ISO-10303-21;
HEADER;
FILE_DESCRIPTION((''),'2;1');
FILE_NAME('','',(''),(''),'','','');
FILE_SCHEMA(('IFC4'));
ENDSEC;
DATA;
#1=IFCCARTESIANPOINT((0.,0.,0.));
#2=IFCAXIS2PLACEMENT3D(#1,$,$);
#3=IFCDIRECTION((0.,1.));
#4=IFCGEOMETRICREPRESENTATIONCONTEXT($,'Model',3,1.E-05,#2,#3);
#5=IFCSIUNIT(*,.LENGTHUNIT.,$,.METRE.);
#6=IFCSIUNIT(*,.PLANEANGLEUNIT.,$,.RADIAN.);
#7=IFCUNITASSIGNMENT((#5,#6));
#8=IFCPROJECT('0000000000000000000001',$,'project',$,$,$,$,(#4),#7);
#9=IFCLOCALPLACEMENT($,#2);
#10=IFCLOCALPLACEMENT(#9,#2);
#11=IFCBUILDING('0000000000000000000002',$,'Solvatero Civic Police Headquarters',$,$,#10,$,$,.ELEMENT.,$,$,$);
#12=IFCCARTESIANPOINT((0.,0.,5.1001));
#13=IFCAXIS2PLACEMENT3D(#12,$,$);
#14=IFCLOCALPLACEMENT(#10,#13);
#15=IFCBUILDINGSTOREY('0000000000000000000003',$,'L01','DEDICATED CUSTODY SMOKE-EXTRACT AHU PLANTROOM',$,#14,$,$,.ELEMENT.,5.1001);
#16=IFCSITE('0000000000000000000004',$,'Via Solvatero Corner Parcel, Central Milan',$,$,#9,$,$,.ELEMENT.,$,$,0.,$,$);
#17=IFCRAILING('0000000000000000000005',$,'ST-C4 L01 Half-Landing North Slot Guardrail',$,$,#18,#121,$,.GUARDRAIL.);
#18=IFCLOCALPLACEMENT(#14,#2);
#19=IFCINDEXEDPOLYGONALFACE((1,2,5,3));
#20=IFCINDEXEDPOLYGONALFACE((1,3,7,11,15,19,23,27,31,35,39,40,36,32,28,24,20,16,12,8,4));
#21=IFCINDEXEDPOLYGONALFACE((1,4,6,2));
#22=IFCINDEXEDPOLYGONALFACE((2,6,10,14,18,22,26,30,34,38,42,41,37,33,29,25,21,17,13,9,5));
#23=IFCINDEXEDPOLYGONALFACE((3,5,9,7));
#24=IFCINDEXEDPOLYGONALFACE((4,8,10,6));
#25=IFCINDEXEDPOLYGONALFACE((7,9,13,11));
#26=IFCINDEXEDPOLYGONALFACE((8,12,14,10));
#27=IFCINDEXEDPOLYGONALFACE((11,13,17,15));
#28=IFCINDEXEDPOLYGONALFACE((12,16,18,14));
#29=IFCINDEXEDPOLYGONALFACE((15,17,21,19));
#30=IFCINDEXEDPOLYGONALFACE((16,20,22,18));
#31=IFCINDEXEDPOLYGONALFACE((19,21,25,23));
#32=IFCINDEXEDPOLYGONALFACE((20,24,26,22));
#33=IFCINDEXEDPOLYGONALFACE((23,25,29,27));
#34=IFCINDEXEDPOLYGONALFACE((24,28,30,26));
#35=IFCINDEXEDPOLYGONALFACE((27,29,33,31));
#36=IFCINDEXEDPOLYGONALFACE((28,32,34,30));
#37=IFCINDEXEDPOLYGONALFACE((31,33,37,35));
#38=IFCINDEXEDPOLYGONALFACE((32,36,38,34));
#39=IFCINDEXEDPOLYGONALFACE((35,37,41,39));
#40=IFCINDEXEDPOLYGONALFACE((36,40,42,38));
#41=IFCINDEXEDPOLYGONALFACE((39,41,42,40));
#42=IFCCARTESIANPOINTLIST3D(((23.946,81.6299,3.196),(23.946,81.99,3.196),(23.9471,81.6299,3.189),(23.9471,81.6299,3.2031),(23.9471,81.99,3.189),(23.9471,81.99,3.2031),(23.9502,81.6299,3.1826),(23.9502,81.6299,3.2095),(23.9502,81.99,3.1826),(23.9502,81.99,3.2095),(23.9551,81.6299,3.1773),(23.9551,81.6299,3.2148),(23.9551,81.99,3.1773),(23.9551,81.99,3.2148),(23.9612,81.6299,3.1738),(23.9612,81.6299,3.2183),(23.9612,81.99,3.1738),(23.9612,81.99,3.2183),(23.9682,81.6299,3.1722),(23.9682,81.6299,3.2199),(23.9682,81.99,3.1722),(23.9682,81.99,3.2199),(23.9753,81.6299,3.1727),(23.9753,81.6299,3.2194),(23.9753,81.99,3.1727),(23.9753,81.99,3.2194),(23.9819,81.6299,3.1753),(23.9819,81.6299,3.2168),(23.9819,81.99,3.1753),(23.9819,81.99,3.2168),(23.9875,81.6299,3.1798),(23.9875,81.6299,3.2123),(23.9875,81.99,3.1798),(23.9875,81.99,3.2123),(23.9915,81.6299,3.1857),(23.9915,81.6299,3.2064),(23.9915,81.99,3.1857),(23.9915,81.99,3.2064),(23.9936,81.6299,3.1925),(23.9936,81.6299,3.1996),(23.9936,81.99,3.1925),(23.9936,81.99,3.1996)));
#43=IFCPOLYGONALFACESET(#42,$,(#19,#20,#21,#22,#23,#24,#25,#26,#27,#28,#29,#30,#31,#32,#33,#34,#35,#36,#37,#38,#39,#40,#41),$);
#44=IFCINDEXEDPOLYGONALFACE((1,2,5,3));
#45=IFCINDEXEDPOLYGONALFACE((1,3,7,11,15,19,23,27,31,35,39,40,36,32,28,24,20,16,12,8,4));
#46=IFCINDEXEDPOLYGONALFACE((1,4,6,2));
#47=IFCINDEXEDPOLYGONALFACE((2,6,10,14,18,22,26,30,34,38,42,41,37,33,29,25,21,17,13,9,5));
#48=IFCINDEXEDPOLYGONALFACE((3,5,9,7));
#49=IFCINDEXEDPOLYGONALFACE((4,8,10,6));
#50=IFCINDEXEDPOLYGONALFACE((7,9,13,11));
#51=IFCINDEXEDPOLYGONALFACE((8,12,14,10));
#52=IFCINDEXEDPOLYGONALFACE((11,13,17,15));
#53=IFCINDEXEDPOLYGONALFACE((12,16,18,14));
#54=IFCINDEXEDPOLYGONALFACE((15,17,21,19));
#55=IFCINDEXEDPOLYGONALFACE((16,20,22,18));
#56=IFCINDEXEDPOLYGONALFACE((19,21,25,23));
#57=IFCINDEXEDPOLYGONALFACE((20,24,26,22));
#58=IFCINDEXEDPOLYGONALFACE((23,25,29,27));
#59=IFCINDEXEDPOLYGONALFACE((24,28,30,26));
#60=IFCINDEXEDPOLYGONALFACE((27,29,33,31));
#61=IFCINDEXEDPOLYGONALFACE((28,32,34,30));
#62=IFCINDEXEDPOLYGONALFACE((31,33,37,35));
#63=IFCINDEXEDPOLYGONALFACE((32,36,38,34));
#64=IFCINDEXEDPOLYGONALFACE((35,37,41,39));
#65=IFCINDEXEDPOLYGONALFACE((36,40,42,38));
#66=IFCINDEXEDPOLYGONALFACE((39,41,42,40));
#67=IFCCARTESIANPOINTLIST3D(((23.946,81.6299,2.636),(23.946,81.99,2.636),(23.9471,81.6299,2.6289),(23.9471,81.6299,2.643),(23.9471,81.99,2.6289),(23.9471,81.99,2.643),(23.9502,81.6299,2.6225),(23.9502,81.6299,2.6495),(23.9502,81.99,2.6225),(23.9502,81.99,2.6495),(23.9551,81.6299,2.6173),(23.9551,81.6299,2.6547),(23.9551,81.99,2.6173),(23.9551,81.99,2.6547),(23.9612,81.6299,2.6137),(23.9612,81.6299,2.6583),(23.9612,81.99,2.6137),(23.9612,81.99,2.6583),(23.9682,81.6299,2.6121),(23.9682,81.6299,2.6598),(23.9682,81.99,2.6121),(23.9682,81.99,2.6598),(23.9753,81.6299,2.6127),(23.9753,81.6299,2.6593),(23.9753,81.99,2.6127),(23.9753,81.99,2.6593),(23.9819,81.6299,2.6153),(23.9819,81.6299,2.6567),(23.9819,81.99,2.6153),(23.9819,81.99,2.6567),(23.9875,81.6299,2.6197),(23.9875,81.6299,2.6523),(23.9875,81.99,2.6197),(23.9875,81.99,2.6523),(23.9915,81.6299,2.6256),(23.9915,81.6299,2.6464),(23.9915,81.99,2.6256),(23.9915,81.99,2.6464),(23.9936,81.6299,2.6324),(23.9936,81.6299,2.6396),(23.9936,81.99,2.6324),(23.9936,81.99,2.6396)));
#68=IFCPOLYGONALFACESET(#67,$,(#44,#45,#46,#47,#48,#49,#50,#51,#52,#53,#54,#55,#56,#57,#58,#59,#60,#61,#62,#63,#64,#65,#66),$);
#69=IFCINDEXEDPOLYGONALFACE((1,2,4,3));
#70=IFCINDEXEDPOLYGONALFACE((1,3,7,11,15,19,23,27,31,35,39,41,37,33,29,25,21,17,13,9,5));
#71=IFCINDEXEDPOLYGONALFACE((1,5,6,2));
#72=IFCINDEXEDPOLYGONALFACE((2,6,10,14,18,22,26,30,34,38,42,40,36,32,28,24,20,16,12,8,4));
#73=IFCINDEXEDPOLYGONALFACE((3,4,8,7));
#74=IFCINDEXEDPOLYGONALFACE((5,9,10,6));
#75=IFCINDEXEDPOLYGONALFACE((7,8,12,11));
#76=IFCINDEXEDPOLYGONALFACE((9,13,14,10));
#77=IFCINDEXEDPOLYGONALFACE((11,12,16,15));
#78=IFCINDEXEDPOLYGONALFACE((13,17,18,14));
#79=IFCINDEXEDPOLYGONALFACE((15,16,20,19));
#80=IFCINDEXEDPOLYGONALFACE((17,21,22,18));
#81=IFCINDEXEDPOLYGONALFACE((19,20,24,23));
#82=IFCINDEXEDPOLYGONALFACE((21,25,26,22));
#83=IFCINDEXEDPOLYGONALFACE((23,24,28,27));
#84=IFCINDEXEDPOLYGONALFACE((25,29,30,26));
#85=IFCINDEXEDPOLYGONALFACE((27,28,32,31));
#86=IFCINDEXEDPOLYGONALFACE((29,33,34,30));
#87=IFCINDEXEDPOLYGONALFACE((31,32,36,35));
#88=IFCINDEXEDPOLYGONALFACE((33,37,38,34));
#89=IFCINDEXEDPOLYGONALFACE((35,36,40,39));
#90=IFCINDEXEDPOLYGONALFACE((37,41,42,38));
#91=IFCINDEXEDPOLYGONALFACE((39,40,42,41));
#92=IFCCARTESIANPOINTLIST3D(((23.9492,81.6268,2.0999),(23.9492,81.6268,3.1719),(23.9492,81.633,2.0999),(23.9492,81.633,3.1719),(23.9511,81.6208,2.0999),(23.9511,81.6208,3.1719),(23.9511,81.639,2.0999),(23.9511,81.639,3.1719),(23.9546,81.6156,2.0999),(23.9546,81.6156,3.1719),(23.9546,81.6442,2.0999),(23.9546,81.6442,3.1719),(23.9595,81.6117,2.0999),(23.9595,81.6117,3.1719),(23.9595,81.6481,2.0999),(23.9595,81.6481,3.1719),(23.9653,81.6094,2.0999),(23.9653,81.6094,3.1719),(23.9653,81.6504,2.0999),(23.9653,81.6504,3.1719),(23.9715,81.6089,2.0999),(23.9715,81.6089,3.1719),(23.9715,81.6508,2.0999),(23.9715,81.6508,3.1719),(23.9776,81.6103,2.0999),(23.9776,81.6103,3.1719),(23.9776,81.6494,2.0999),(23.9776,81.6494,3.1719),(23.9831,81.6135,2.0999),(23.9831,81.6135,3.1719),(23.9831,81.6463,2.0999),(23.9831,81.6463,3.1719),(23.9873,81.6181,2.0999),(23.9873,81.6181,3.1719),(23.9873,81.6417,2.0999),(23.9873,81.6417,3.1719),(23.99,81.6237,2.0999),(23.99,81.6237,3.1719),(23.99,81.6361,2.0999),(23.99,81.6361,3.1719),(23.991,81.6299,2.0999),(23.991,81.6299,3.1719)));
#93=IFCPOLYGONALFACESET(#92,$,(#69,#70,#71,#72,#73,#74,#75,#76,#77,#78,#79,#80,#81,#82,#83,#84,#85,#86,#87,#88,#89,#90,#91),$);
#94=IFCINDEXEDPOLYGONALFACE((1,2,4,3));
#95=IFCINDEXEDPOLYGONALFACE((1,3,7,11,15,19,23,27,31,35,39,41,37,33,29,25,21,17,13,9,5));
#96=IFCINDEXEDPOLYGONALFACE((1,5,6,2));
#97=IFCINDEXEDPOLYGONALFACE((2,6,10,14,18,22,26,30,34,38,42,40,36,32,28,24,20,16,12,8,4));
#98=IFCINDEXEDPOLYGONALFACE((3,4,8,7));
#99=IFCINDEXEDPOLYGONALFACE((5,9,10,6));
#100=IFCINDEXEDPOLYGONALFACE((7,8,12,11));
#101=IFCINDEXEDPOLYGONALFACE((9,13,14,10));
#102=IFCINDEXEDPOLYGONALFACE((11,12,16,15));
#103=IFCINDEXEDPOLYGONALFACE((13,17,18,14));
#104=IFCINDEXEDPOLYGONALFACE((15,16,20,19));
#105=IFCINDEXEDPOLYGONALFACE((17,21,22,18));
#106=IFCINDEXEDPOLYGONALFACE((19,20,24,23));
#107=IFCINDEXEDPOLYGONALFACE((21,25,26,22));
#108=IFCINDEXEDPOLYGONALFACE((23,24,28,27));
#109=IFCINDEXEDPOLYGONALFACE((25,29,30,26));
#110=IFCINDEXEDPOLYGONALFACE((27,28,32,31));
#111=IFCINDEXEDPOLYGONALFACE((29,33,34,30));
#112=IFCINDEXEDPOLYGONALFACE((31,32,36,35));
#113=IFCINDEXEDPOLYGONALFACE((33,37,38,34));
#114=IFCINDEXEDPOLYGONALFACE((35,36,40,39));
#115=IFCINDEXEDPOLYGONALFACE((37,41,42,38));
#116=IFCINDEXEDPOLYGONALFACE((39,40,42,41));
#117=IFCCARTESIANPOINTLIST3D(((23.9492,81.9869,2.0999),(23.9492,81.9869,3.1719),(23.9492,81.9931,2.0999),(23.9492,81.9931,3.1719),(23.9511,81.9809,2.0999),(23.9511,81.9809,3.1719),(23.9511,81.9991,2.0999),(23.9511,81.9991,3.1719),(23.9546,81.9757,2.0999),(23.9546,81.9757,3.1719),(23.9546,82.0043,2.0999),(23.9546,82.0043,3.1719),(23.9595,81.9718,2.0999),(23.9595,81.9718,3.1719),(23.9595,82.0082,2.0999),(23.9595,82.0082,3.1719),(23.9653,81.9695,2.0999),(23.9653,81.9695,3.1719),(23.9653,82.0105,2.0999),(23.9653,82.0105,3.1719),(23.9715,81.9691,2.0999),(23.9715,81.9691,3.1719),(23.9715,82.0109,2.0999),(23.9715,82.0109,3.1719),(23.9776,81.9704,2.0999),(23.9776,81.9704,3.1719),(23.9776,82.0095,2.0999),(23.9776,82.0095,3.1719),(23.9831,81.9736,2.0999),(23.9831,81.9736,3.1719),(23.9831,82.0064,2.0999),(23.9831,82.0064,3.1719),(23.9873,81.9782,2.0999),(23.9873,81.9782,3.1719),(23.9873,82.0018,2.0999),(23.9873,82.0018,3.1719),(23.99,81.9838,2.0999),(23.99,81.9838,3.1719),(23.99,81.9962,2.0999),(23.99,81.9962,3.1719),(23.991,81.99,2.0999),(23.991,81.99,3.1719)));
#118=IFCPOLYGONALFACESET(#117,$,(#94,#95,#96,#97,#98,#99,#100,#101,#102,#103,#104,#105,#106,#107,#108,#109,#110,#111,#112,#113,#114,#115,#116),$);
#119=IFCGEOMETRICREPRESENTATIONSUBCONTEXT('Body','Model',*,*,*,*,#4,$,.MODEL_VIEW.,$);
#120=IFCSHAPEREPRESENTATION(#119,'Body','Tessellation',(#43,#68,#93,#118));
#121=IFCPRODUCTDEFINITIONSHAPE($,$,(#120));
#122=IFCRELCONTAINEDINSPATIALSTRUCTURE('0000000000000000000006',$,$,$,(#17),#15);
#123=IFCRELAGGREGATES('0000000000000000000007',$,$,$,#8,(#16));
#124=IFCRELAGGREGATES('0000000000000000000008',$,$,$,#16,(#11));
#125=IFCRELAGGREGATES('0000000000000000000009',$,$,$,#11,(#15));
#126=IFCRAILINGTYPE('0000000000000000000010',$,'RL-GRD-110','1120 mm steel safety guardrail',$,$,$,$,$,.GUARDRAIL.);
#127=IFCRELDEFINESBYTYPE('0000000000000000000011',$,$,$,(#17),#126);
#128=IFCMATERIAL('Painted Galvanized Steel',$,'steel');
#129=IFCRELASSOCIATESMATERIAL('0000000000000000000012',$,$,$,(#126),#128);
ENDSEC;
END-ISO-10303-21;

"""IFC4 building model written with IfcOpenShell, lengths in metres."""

from ifc_helpers import new_model, si_unit, direction, frame, origin, origin_2d, place, context, subcontext, project, spatial, circle, extrude, material, type_object, element, save


model = new_model("IFC4")

# Units and contexts
model_context = context("Model", 3, precision=1e-05, world=origin(), true_north=direction((0.0, 1.0)))
body_context = subcontext(model_context, "Body", "Model", "MODEL_VIEW")
ifc_project = project(units=[si_unit("LENGTHUNIT", "METRE"), si_unit("PLANEANGLEUNIT", "RADIAN")], contexts=[model_context])

# Site, building, storey
site_placement = place(None, origin())
site = spatial("IfcSite", under=ifc_project, at=site_placement, Name="Via Solvatero Corner Parcel, Central Milan", CompositionType="ELEMENT", RefElevation=0.0)
building_placement = place(site_placement, origin())
building = spatial("IfcBuilding", under=site, at=building_placement, Name="Solvatero Civic Police Headquarters", CompositionType="ELEMENT")
storey_placement = place(building_placement, frame((0.0, 0.0, 5.1001)))
storey = spatial("IfcBuildingStorey", under=building, at=storey_placement, Name="L01", Description="DEDICATED CUSTODY SMOKE-EXTRACT AHU PLANTROOM", CompositionType="ELEMENT", Elevation=5.1001)

# Railing
ifc_material_1 = material(Name="Painted Galvanized Steel", Category="steel")
railing_type_1 = type_object("IfcRailingType", Name="RL-GRD-110", Description="1120 mm steel safety guardrail", PredefinedType="GUARDRAIL", material=ifc_material_1)
railing_1_placement = place(storey_placement, frame((23.97, 81.6299, 2.0999)))
element("IfcRailing", 1, at=railing_1_placement, inside=storey, type_object=railing_type_1, Name="ST-C4 L01 Half-Landing North Slot Guardrail", PredefinedType="GUARDRAIL", context=body_context, shape_type="SweptSolid", body=[
    extrude(circle(Radius=0.0239, at=origin_2d()), frame((0.0, 0.0, 1.0962), z_axis=(0.0, 1.0, 0.0), x_axis=(-1.0, 0.0, 0.0)), (0.0, 0.0, 1.0), 0.3601),
    extrude(circle(Radius=0.0239, at=origin_2d()), frame((0.0, 0.0, 0.5361), z_axis=(0.0, 1.0, 0.0), x_axis=(-1.0, 0.0, 0.0)), (0.0, 0.0, 1.0), 0.3601),
    extrude(circle(Radius=0.021, at=origin_2d()), origin(), (0.0, 0.0, 1.0), 1.072),
    extrude(circle(Radius=0.021, at=origin_2d()), frame((0.0, 0.3601, 0.0)), (0.0, 0.0, 1.0), 1.072),
])

save(model, "model.ifc")
